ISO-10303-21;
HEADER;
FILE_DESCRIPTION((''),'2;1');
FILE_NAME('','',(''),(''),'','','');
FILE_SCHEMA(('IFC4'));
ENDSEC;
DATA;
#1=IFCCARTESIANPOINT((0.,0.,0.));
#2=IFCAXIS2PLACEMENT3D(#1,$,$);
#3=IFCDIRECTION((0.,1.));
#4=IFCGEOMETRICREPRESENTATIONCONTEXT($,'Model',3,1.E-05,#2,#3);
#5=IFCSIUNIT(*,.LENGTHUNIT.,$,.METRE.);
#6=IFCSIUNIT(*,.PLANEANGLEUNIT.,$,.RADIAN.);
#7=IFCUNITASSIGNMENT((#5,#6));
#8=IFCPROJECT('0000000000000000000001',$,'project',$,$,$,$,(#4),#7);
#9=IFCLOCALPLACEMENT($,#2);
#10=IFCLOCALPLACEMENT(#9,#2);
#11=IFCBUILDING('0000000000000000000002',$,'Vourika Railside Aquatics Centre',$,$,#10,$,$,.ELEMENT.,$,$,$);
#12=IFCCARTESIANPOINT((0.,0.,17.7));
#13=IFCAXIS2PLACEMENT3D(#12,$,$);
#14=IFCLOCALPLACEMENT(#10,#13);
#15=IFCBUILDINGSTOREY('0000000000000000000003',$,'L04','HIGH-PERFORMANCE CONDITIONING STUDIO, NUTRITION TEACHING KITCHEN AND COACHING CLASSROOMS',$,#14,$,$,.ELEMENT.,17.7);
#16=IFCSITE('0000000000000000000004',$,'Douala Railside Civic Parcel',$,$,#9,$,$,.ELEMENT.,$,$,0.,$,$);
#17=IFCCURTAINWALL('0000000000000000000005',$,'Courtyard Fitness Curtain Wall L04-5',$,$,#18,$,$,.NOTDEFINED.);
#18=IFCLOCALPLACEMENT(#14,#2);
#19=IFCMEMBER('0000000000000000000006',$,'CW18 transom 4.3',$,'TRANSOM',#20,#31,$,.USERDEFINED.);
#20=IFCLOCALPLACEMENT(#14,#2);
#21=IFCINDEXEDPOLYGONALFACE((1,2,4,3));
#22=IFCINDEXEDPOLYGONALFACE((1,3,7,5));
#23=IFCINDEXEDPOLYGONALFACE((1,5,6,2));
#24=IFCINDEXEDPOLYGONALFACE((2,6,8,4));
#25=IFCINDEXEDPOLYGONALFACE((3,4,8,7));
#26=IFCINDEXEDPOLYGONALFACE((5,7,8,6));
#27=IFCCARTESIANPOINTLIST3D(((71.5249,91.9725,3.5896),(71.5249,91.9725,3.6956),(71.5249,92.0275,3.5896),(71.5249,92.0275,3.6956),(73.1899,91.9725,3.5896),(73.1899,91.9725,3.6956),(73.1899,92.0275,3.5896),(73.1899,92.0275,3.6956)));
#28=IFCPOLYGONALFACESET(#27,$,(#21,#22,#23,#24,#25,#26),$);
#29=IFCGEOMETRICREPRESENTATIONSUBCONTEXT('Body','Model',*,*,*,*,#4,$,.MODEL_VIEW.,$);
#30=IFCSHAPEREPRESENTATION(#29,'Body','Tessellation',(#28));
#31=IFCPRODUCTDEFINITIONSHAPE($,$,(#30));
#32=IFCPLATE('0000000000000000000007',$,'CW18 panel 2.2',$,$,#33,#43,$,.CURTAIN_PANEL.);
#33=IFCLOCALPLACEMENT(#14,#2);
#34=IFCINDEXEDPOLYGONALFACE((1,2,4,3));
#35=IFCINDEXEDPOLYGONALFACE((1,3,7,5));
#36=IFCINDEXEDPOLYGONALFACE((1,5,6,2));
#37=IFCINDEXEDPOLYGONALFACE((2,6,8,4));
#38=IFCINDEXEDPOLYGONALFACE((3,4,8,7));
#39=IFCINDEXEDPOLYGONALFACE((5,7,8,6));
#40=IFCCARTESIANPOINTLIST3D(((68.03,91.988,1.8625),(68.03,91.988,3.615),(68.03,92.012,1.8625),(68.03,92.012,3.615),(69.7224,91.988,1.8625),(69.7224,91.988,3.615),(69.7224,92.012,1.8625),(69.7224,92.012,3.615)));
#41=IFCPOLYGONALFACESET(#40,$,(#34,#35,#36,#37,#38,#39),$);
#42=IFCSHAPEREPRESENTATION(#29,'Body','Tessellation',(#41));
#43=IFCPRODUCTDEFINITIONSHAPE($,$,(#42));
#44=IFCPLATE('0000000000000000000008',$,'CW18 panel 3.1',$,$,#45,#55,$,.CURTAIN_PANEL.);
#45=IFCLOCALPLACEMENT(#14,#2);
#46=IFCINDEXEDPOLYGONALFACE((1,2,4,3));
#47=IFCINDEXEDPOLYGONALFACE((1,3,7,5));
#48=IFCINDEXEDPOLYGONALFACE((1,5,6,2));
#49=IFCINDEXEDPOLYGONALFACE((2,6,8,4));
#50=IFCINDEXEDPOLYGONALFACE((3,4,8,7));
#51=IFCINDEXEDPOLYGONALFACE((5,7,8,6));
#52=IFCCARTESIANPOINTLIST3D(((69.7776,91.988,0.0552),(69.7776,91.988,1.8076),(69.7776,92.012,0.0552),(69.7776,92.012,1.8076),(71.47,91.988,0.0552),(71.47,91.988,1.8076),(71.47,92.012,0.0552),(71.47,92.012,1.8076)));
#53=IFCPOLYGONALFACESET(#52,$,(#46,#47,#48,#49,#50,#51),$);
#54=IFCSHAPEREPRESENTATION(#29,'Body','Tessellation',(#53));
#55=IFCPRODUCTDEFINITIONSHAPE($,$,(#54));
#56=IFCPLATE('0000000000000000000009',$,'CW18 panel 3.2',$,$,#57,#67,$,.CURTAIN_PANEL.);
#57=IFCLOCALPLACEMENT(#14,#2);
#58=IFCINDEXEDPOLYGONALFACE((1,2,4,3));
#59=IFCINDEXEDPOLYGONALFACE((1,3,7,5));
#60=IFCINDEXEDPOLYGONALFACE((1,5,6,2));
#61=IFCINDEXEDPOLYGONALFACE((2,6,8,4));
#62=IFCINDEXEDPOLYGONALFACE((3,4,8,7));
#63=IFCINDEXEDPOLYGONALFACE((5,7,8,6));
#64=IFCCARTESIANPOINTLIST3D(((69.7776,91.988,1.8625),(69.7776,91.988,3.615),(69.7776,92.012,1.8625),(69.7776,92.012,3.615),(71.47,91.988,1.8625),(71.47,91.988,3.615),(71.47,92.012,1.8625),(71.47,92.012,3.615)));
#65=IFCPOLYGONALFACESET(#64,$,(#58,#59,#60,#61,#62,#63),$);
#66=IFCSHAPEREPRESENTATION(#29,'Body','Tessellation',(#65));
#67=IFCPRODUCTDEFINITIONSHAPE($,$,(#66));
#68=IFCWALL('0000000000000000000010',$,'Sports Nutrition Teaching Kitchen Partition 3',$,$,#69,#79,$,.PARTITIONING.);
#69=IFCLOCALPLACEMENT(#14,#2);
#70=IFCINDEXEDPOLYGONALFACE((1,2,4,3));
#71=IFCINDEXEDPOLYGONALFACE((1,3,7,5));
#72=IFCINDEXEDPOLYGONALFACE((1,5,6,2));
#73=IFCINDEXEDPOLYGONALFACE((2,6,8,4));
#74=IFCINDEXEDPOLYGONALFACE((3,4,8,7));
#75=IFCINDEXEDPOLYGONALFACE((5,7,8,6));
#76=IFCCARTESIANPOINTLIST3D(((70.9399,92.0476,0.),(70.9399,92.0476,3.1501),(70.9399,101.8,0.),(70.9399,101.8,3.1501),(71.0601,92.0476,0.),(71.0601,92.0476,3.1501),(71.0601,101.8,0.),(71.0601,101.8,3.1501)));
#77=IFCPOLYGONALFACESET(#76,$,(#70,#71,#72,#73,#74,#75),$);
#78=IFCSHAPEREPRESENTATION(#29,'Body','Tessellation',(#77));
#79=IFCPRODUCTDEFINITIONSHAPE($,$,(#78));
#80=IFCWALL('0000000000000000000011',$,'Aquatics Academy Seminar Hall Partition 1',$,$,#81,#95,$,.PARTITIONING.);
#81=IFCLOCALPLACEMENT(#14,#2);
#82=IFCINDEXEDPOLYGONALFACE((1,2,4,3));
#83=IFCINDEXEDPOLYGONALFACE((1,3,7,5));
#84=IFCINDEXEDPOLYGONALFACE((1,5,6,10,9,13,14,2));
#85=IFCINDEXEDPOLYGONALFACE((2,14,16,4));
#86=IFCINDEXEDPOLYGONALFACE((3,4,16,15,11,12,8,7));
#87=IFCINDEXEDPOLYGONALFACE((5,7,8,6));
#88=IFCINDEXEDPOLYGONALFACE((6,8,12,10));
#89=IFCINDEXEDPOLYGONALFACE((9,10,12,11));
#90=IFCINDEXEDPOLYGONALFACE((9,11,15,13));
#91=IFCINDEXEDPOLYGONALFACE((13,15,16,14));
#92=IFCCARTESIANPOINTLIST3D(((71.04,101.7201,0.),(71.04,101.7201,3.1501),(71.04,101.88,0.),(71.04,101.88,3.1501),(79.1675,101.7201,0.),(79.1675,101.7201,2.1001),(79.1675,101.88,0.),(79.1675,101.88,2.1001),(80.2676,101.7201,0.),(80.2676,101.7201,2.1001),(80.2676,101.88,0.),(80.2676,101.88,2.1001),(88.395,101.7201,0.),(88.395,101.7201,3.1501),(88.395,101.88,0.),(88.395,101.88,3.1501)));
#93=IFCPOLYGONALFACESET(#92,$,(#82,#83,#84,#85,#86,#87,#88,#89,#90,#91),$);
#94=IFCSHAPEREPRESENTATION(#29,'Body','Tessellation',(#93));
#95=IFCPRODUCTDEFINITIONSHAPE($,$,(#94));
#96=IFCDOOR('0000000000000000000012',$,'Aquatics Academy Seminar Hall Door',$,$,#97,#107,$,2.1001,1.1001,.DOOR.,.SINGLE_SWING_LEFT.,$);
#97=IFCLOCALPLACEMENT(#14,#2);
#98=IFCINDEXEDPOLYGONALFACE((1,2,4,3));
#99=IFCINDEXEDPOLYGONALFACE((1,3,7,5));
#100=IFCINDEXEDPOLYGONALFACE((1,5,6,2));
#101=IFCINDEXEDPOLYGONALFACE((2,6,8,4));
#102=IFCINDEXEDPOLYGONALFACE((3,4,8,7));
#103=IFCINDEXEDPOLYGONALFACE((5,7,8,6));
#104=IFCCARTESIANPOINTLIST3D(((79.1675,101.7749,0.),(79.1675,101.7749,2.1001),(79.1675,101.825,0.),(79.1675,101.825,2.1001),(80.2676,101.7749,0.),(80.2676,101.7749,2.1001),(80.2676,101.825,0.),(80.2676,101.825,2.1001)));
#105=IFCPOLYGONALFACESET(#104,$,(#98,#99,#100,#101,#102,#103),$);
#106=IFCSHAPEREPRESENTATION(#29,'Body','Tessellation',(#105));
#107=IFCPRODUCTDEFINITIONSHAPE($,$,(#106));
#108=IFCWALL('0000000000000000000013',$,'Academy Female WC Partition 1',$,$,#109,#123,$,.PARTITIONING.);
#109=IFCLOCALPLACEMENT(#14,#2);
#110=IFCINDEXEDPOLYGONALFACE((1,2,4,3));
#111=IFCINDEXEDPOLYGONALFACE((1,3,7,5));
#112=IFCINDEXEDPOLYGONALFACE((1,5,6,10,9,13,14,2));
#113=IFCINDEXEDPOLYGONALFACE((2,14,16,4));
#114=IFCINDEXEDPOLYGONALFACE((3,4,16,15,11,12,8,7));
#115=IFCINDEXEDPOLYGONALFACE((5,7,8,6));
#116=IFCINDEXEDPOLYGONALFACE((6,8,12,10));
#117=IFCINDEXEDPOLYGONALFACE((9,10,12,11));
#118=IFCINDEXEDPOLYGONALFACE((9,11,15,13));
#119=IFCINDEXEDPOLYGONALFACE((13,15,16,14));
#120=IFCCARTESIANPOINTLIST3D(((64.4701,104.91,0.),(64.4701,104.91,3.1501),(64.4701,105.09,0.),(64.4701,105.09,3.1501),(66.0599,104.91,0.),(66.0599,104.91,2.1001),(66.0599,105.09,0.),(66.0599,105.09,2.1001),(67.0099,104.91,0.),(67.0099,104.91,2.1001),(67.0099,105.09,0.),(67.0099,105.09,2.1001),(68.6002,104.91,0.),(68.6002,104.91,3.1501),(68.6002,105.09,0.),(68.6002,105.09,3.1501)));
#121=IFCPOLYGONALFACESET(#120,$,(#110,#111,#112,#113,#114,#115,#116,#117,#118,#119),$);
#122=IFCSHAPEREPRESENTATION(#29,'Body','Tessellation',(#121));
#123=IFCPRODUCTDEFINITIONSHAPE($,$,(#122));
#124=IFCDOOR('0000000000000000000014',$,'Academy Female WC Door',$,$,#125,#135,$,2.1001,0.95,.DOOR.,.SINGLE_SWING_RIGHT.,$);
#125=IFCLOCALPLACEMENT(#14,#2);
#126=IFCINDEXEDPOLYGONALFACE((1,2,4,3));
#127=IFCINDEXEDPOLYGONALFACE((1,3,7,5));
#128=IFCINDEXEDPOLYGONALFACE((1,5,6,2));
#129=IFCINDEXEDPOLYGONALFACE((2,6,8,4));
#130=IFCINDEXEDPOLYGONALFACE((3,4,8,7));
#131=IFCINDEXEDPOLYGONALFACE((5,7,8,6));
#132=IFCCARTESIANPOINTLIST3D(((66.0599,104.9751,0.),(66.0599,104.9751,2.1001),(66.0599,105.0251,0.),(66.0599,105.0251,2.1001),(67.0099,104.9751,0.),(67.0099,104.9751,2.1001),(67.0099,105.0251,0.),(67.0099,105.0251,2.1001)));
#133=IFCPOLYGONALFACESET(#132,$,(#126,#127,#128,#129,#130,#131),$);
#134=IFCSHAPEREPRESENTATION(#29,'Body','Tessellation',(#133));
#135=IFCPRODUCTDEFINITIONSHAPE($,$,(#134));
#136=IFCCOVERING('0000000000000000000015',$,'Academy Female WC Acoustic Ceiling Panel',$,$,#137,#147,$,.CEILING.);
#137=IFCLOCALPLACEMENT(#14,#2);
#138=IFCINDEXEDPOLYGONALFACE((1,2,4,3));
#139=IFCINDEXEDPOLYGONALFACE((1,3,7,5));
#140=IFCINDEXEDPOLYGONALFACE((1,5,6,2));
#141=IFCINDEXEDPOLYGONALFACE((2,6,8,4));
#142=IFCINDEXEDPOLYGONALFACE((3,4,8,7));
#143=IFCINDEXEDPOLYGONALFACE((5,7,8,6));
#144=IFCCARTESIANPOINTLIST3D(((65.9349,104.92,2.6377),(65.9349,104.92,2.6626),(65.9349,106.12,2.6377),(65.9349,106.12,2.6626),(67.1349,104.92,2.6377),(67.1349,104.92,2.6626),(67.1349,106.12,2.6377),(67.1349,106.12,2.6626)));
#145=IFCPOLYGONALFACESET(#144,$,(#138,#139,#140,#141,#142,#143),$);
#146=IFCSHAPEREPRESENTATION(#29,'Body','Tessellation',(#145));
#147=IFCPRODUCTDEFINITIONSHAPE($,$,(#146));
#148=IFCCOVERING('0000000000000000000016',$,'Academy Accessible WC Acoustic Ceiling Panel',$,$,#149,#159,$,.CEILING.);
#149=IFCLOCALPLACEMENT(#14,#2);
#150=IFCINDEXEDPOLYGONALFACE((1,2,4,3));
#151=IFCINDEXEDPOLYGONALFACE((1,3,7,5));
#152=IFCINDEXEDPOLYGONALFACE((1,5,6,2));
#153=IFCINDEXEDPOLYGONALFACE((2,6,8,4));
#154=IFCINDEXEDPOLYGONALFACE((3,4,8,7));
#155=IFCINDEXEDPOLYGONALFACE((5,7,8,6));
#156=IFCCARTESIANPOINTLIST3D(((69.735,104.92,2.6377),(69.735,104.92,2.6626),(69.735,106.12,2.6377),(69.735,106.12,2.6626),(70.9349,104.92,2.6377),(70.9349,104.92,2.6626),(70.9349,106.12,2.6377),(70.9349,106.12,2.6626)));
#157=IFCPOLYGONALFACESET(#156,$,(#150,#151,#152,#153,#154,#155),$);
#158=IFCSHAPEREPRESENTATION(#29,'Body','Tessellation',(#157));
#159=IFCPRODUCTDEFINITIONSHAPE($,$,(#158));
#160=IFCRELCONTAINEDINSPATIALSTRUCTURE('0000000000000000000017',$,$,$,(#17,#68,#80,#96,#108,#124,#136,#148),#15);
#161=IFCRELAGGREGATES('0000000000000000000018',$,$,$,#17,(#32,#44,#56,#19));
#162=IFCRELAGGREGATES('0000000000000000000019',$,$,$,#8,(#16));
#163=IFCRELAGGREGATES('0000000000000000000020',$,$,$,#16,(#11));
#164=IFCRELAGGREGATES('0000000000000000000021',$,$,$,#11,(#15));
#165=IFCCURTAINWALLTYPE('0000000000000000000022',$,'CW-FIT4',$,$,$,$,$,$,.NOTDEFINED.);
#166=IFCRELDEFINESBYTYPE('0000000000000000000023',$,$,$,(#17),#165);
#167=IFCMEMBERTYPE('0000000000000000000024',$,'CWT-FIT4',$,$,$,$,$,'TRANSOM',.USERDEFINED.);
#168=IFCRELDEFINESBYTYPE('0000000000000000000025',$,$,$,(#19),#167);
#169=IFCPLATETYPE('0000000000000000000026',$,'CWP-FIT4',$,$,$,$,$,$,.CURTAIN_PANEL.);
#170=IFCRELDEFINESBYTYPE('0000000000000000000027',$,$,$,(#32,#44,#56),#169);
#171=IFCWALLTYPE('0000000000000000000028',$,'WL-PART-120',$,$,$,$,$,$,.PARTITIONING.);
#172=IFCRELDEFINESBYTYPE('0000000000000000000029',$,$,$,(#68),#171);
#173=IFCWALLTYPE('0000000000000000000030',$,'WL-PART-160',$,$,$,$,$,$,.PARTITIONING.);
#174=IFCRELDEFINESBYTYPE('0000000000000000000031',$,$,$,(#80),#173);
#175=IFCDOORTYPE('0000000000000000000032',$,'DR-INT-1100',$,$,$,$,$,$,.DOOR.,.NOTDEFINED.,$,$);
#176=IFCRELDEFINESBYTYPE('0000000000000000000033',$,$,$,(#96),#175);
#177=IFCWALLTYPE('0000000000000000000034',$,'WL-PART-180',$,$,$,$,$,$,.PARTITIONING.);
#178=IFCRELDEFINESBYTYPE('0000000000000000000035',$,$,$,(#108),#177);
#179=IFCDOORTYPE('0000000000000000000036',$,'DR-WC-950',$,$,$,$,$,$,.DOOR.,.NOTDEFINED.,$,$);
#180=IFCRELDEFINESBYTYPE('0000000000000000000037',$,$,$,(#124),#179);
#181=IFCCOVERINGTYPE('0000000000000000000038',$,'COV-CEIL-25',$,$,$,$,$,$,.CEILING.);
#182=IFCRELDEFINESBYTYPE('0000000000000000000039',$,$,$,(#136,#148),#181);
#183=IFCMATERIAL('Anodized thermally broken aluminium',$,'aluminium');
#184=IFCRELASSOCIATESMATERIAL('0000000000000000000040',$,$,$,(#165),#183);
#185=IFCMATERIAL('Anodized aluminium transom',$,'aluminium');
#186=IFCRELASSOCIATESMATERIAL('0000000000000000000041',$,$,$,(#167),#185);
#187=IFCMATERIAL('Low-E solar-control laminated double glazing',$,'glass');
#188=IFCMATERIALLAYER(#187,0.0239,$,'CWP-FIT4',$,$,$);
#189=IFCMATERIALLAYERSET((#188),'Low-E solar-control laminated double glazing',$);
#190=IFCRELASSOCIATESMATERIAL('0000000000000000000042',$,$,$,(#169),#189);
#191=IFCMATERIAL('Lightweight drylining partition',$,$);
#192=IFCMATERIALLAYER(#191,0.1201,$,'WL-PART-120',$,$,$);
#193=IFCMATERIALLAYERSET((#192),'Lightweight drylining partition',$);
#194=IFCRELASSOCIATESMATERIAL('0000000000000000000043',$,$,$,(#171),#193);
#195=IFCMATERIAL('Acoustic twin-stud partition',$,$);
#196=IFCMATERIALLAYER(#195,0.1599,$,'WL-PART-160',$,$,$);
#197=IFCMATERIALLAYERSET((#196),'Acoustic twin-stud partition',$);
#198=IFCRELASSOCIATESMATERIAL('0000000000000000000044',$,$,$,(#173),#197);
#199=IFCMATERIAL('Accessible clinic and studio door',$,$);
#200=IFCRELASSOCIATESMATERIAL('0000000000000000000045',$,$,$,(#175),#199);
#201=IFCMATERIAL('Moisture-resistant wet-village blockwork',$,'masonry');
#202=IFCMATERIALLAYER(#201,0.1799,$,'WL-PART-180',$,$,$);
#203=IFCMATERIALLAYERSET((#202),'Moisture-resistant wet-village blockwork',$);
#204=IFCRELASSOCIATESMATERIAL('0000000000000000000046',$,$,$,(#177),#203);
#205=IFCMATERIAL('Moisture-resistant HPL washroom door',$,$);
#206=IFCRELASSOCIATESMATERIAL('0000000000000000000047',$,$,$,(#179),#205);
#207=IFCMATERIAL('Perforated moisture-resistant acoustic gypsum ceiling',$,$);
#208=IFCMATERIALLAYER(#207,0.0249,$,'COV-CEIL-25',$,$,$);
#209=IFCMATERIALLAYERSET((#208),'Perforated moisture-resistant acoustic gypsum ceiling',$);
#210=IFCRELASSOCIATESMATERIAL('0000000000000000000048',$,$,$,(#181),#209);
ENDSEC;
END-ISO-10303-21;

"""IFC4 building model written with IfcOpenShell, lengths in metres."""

from ifc_helpers import new_model, si_unit, direction, frame, frame_2d, origin, origin_2d, place, context, subcontext, project, spatial, rectangle, extrude, material, layer, layer_set, material_profile, profile_set, type_object, element, fill, aggregate, save


model = new_model("IFC4")

# Units and contexts
model_context = context("Model", 3, precision=1e-05, world=origin(), true_north=direction((0.0, 1.0)))
body_context = subcontext(model_context, "Body", "Model", "MODEL_VIEW")
ifc_project = project(units=[si_unit("LENGTHUNIT", "METRE"), si_unit("PLANEANGLEUNIT", "RADIAN")], contexts=[model_context])

# Site, building, storey
site_placement = place(None, origin())
site = spatial("IfcSite", under=ifc_project, at=site_placement, Name="Douala Railside Civic Parcel", CompositionType="ELEMENT", RefElevation=0.0)
building_placement = place(site_placement, origin())
building = spatial("IfcBuilding", under=site, at=building_placement, Name="Vourika Railside Aquatics Centre", CompositionType="ELEMENT")
storey_placement = place(building_placement, frame((0.0, 0.0, 17.7)))
storey = spatial("IfcBuildingStorey", under=building, at=storey_placement, Name="L04", Description="HIGH-PERFORMANCE CONDITIONING STUDIO, NUTRITION TEACHING KITCHEN AND COACHING CLASSROOMS", CompositionType="ELEMENT", Elevation=17.7)

# Curtain wall, member, plates
ifc_material_1 = material(Name="Anodized thermally broken aluminium", Category="aluminium")
curtain_wall_type = type_object("IfcCurtainWallType", Name="CW-FIT4", PredefinedType="NOTDEFINED", material=ifc_material_1)
curtain_wall_placement = place(storey_placement, origin())
curtain_wall = element("IfcCurtainWall", 1, at=curtain_wall_placement, inside=storey, type_object=curtain_wall_type, Name="Courtyard Fitness Curtain Wall L04-5", PredefinedType="NOTDEFINED")
ifc_material_2 = material(Name="Anodized aluminium transom", Category="aluminium")
ifc_material_profile_1 = material_profile(ifc_material_2, rectangle(XDim=0.0549, YDim=0.106, at=origin_2d()), Name="ALU-T 55x106")
ifc_profile_set_1 = profile_set([ifc_material_profile_1], Name="Anodized aluminium transom")
member_type_1 = type_object("IfcMemberType", Name="CWT-FIT4", ElementType="TRANSOM", PredefinedType="USERDEFINED", material=ifc_profile_set_1)
member_1_placement = place(storey_placement, frame((71.5249, 92.0, 3.6426), z_axis=(1.0, 0.0, 0.0), x_axis=(0.0, 1.0, 0.0)))
member_1 = element("IfcMember", 2, at=member_1_placement, type_object=member_type_1, Name="CW18 transom 4.3", ObjectType="TRANSOM", PredefinedType="USERDEFINED", context=body_context, shape_type="SweptSolid", body=[
    extrude(rectangle(XDim=0.0549, YDim=0.106, at=origin_2d()), origin(), (0.0, 0.0, 1.0), 1.665),
])
ifc_material_3 = material(Name="Low-E solar-control laminated double glazing", Category="glass")
ifc_layer_1 = layer(ifc_material_3, 0.0239, Name="CWP-FIT4")
ifc_layer_set_1 = layer_set([ifc_layer_1], Name="Low-E solar-control laminated double glazing")
plate_type = type_object("IfcPlateType", Name="CWP-FIT4", PredefinedType="CURTAIN_PANEL", material=ifc_layer_set_1)
plate_1_placement = place(storey_placement, frame((68.8762, 92.0, 1.8625), z_axis=(0.0, 0.0, 1.0), x_axis=(1.0, 0.0, 0.0)))
plate_1 = element("IfcPlate", 3, at=plate_1_placement, type_object=plate_type, Name="CW18 panel 2.2", PredefinedType="CURTAIN_PANEL", context=body_context, shape_type="SweptSolid", body=[
    extrude(rectangle(XDim=1.6924, YDim=0.0239, at=origin_2d()), origin(), (0.0, 0.0, 1.0), 1.7524),
])
plate_2_placement = place(storey_placement, frame((70.6238, 92.0, 0.0552), z_axis=(0.0, 0.0, 1.0), x_axis=(1.0, 0.0, 0.0)))
plate_2 = element("IfcPlate", 4, at=plate_2_placement, type_object=plate_type, Name="CW18 panel 3.1", PredefinedType="CURTAIN_PANEL", context=body_context, shape_type="SweptSolid", body=[
    extrude(rectangle(XDim=1.6924, YDim=0.0239, at=origin_2d()), origin(), (0.0, 0.0, 1.0), 1.7524),
])
plate_3_placement = place(storey_placement, frame((70.6238, 92.0, 1.8625), z_axis=(0.0, 0.0, 1.0), x_axis=(1.0, 0.0, 0.0)))
plate_3 = element("IfcPlate", 5, at=plate_3_placement, type_object=plate_type, Name="CW18 panel 3.2", PredefinedType="CURTAIN_PANEL", context=body_context, shape_type="SweptSolid", body=[
    extrude(rectangle(XDim=1.6924, YDim=0.0239, at=origin_2d()), origin(), (0.0, 0.0, 1.0), 1.7524),
])
aggregate(curtain_wall, [plate_1, plate_2, plate_3, member_1])

# Wall
ifc_material_4 = material(Name="Lightweight drylining partition")
ifc_layer_2 = layer(ifc_material_4, 0.1201, Name="WL-PART-120")
ifc_layer_set_2 = layer_set([ifc_layer_2], Name="Lightweight drylining partition")
wall_type_1 = type_object("IfcWallType", Name="WL-PART-120", PredefinedType="PARTITIONING", material=ifc_layer_set_2)
wall_1_placement = place(storey_placement, frame((71.0, 101.8, 0.0), z_axis=(0.0, 0.0, 1.0), x_axis=(0.0, -1.0, 0.0)))
element("IfcWall", 6, at=wall_1_placement, inside=storey, type_object=wall_type_1, Name="Sports Nutrition Teaching Kitchen Partition 3", PredefinedType="PARTITIONING", context=body_context, shape_type="SweptSolid", body=[
    extrude(rectangle(XDim=9.7524, YDim=0.1201, at=frame_2d((4.8762, 0.0))), origin(), (0.0, 0.0, 1.0), 3.1501),
])

# Walls, openings, doors
ifc_material_5 = material(Name="Acoustic twin-stud partition")
ifc_layer_3 = layer(ifc_material_5, 0.1599, Name="WL-PART-160")
ifc_layer_set_3 = layer_set([ifc_layer_3], Name="Acoustic twin-stud partition")
wall_type_2 = type_object("IfcWallType", Name="WL-PART-160", PredefinedType="PARTITIONING", material=ifc_layer_set_3)
wall_2_placement = place(storey_placement, frame((71.04, 101.8, 0.0), z_axis=(0.0, 0.0, 1.0), x_axis=(1.0, 0.0, 0.0)))
wall_2 = element("IfcWall", 7, at=wall_2_placement, inside=storey, type_object=wall_type_2, Name="Aquatics Academy Seminar Hall Partition 1", PredefinedType="PARTITIONING", context=body_context, shape_type="SweptSolid", body=[
    extrude(rectangle(XDim=17.355, YDim=0.1599, at=frame_2d((8.6775, 0.0))), origin(), (0.0, 0.0, 1.0), 3.1501),
])
opening_1_placement = place(wall_2_placement, frame((8.1274, 0.0, 0.0)))
opening_1 = element("IfcOpeningElement", 8, at=opening_1_placement, cuts=wall_2, PredefinedType="OPENING", context=body_context, shape_type="SweptSolid", body=[
    extrude(rectangle(XDim=1.1001, YDim=2.1001, at=frame_2d((0.55, 1.05))), frame((0.0, 0.0898, 0.0), z_axis=(0.0, -1.0, 0.0), x_axis=(1.0, 0.0, 0.0)), (0.0, 0.0, 1.0), 0.1799),
])
ifc_material_6 = material(Name="Accessible clinic and studio door")
door_type_1 = type_object("IfcDoorType", Name="DR-INT-1100", OperationType="NOTDEFINED", PredefinedType="DOOR", material=ifc_material_6)
door_1_placement = place(opening_1_placement, origin())
door_1 = element("IfcDoor", 9, at=door_1_placement, inside=storey, type_object=door_type_1, Name="Aquatics Academy Seminar Hall Door", OperationType="SINGLE_SWING_LEFT", OverallHeight=2.1001, OverallWidth=1.1001, PredefinedType="DOOR", context=body_context, shape_type="SweptSolid", body=[
    extrude(rectangle(XDim=1.1001, YDim=2.1001, at=frame_2d((0.55, 1.05))), frame((0.0, 0.0249, 0.0), z_axis=(0.0, -1.0, 0.0), x_axis=(1.0, 0.0, 0.0)), (0.0, 0.0, 1.0), 0.05),
])
fill(opening_1, door_1)
ifc_material_7 = material(Name="Moisture-resistant wet-village blockwork", Category="masonry")
ifc_layer_4 = layer(ifc_material_7, 0.1799, Name="WL-PART-180")
ifc_layer_set_4 = layer_set([ifc_layer_4], Name="Moisture-resistant wet-village blockwork")
wall_type_3 = type_object("IfcWallType", Name="WL-PART-180", PredefinedType="PARTITIONING", material=ifc_layer_set_4)
wall_3_placement = place(storey_placement, frame((68.6001, 105.0, 0.0), z_axis=(0.0, 0.0, 1.0), x_axis=(-1.0, 0.0, 0.0)))
wall_3 = element("IfcWall", 10, at=wall_3_placement, inside=storey, type_object=wall_type_3, Name="Academy Female WC Partition 1", PredefinedType="PARTITIONING", context=body_context, shape_type="SweptSolid", body=[
    extrude(rectangle(XDim=4.1301, YDim=0.1799, at=frame_2d((2.0649, 0.0))), origin(), (0.0, 0.0, 1.0), 3.1501),
])
opening_2_placement = place(wall_3_placement, frame((1.5901, 0.0, 0.0)))
opening_2 = element("IfcOpeningElement", 11, at=opening_2_placement, cuts=wall_3, PredefinedType="OPENING", context=body_context, shape_type="SweptSolid", body=[
    extrude(rectangle(XDim=0.95, YDim=2.1001, at=frame_2d((0.4751, 1.05))), frame((0.0, 0.1001, 0.0), z_axis=(0.0, -1.0, 0.0), x_axis=(1.0, 0.0, 0.0)), (0.0, 0.0, 1.0), 0.2),
])
ifc_material_8 = material(Name="Moisture-resistant HPL washroom door")
door_type_2 = type_object("IfcDoorType", Name="DR-WC-950", OperationType="NOTDEFINED", PredefinedType="DOOR", material=ifc_material_8)
door_2_placement = place(opening_2_placement, origin())
door_2 = element("IfcDoor", 12, at=door_2_placement, inside=storey, type_object=door_type_2, Name="Academy Female WC Door", OperationType="SINGLE_SWING_RIGHT", OverallHeight=2.1001, OverallWidth=0.95, PredefinedType="DOOR", context=body_context, shape_type="SweptSolid", body=[
    extrude(rectangle(XDim=0.95, YDim=2.1001, at=frame_2d((0.4751, 1.05))), frame((0.0, 0.0249, 0.0), z_axis=(0.0, -1.0, 0.0), x_axis=(1.0, 0.0, 0.0)), (0.0, 0.0, 1.0), 0.05),
])
fill(opening_2, door_2)

# Coverings
ifc_material_9 = material(Name="Perforated moisture-resistant acoustic gypsum ceiling")
ifc_layer_5 = layer(ifc_material_9, 0.0249, Name="COV-CEIL-25")
ifc_layer_set_5 = layer_set([ifc_layer_5], Name="Perforated moisture-resistant acoustic gypsum ceiling")
covering_type = type_object("IfcCoveringType", Name="COV-CEIL-25", PredefinedType="CEILING", material=ifc_layer_set_5)
for number, where, z_axis, x_axis, name in (
    (13, (66.5349, 105.52, 2.6377), (0.0, 0.0, 1.0), (1.0, 0.0, 0.0), "Academy Female WC Acoustic Ceiling Panel"),
    (14, (70.335, 105.52, 2.6377), (0.0, 0.0, 1.0), (1.0, 0.0, 0.0), "Academy Accessible WC Acoustic Ceiling Panel"),
):
    element("IfcCovering", number, at=place(storey_placement, frame(where, z_axis=z_axis, x_axis=x_axis)), inside=storey, type_object=covering_type, Name=name, PredefinedType="CEILING", context=body_context, shape_type="SweptSolid", body=[
        extrude(rectangle(XDim=1.2, YDim=1.2, at=origin_2d()), origin(), (0.0, 0.0, 1.0), 0.0249),
    ])

save(model, "model.ifc")
